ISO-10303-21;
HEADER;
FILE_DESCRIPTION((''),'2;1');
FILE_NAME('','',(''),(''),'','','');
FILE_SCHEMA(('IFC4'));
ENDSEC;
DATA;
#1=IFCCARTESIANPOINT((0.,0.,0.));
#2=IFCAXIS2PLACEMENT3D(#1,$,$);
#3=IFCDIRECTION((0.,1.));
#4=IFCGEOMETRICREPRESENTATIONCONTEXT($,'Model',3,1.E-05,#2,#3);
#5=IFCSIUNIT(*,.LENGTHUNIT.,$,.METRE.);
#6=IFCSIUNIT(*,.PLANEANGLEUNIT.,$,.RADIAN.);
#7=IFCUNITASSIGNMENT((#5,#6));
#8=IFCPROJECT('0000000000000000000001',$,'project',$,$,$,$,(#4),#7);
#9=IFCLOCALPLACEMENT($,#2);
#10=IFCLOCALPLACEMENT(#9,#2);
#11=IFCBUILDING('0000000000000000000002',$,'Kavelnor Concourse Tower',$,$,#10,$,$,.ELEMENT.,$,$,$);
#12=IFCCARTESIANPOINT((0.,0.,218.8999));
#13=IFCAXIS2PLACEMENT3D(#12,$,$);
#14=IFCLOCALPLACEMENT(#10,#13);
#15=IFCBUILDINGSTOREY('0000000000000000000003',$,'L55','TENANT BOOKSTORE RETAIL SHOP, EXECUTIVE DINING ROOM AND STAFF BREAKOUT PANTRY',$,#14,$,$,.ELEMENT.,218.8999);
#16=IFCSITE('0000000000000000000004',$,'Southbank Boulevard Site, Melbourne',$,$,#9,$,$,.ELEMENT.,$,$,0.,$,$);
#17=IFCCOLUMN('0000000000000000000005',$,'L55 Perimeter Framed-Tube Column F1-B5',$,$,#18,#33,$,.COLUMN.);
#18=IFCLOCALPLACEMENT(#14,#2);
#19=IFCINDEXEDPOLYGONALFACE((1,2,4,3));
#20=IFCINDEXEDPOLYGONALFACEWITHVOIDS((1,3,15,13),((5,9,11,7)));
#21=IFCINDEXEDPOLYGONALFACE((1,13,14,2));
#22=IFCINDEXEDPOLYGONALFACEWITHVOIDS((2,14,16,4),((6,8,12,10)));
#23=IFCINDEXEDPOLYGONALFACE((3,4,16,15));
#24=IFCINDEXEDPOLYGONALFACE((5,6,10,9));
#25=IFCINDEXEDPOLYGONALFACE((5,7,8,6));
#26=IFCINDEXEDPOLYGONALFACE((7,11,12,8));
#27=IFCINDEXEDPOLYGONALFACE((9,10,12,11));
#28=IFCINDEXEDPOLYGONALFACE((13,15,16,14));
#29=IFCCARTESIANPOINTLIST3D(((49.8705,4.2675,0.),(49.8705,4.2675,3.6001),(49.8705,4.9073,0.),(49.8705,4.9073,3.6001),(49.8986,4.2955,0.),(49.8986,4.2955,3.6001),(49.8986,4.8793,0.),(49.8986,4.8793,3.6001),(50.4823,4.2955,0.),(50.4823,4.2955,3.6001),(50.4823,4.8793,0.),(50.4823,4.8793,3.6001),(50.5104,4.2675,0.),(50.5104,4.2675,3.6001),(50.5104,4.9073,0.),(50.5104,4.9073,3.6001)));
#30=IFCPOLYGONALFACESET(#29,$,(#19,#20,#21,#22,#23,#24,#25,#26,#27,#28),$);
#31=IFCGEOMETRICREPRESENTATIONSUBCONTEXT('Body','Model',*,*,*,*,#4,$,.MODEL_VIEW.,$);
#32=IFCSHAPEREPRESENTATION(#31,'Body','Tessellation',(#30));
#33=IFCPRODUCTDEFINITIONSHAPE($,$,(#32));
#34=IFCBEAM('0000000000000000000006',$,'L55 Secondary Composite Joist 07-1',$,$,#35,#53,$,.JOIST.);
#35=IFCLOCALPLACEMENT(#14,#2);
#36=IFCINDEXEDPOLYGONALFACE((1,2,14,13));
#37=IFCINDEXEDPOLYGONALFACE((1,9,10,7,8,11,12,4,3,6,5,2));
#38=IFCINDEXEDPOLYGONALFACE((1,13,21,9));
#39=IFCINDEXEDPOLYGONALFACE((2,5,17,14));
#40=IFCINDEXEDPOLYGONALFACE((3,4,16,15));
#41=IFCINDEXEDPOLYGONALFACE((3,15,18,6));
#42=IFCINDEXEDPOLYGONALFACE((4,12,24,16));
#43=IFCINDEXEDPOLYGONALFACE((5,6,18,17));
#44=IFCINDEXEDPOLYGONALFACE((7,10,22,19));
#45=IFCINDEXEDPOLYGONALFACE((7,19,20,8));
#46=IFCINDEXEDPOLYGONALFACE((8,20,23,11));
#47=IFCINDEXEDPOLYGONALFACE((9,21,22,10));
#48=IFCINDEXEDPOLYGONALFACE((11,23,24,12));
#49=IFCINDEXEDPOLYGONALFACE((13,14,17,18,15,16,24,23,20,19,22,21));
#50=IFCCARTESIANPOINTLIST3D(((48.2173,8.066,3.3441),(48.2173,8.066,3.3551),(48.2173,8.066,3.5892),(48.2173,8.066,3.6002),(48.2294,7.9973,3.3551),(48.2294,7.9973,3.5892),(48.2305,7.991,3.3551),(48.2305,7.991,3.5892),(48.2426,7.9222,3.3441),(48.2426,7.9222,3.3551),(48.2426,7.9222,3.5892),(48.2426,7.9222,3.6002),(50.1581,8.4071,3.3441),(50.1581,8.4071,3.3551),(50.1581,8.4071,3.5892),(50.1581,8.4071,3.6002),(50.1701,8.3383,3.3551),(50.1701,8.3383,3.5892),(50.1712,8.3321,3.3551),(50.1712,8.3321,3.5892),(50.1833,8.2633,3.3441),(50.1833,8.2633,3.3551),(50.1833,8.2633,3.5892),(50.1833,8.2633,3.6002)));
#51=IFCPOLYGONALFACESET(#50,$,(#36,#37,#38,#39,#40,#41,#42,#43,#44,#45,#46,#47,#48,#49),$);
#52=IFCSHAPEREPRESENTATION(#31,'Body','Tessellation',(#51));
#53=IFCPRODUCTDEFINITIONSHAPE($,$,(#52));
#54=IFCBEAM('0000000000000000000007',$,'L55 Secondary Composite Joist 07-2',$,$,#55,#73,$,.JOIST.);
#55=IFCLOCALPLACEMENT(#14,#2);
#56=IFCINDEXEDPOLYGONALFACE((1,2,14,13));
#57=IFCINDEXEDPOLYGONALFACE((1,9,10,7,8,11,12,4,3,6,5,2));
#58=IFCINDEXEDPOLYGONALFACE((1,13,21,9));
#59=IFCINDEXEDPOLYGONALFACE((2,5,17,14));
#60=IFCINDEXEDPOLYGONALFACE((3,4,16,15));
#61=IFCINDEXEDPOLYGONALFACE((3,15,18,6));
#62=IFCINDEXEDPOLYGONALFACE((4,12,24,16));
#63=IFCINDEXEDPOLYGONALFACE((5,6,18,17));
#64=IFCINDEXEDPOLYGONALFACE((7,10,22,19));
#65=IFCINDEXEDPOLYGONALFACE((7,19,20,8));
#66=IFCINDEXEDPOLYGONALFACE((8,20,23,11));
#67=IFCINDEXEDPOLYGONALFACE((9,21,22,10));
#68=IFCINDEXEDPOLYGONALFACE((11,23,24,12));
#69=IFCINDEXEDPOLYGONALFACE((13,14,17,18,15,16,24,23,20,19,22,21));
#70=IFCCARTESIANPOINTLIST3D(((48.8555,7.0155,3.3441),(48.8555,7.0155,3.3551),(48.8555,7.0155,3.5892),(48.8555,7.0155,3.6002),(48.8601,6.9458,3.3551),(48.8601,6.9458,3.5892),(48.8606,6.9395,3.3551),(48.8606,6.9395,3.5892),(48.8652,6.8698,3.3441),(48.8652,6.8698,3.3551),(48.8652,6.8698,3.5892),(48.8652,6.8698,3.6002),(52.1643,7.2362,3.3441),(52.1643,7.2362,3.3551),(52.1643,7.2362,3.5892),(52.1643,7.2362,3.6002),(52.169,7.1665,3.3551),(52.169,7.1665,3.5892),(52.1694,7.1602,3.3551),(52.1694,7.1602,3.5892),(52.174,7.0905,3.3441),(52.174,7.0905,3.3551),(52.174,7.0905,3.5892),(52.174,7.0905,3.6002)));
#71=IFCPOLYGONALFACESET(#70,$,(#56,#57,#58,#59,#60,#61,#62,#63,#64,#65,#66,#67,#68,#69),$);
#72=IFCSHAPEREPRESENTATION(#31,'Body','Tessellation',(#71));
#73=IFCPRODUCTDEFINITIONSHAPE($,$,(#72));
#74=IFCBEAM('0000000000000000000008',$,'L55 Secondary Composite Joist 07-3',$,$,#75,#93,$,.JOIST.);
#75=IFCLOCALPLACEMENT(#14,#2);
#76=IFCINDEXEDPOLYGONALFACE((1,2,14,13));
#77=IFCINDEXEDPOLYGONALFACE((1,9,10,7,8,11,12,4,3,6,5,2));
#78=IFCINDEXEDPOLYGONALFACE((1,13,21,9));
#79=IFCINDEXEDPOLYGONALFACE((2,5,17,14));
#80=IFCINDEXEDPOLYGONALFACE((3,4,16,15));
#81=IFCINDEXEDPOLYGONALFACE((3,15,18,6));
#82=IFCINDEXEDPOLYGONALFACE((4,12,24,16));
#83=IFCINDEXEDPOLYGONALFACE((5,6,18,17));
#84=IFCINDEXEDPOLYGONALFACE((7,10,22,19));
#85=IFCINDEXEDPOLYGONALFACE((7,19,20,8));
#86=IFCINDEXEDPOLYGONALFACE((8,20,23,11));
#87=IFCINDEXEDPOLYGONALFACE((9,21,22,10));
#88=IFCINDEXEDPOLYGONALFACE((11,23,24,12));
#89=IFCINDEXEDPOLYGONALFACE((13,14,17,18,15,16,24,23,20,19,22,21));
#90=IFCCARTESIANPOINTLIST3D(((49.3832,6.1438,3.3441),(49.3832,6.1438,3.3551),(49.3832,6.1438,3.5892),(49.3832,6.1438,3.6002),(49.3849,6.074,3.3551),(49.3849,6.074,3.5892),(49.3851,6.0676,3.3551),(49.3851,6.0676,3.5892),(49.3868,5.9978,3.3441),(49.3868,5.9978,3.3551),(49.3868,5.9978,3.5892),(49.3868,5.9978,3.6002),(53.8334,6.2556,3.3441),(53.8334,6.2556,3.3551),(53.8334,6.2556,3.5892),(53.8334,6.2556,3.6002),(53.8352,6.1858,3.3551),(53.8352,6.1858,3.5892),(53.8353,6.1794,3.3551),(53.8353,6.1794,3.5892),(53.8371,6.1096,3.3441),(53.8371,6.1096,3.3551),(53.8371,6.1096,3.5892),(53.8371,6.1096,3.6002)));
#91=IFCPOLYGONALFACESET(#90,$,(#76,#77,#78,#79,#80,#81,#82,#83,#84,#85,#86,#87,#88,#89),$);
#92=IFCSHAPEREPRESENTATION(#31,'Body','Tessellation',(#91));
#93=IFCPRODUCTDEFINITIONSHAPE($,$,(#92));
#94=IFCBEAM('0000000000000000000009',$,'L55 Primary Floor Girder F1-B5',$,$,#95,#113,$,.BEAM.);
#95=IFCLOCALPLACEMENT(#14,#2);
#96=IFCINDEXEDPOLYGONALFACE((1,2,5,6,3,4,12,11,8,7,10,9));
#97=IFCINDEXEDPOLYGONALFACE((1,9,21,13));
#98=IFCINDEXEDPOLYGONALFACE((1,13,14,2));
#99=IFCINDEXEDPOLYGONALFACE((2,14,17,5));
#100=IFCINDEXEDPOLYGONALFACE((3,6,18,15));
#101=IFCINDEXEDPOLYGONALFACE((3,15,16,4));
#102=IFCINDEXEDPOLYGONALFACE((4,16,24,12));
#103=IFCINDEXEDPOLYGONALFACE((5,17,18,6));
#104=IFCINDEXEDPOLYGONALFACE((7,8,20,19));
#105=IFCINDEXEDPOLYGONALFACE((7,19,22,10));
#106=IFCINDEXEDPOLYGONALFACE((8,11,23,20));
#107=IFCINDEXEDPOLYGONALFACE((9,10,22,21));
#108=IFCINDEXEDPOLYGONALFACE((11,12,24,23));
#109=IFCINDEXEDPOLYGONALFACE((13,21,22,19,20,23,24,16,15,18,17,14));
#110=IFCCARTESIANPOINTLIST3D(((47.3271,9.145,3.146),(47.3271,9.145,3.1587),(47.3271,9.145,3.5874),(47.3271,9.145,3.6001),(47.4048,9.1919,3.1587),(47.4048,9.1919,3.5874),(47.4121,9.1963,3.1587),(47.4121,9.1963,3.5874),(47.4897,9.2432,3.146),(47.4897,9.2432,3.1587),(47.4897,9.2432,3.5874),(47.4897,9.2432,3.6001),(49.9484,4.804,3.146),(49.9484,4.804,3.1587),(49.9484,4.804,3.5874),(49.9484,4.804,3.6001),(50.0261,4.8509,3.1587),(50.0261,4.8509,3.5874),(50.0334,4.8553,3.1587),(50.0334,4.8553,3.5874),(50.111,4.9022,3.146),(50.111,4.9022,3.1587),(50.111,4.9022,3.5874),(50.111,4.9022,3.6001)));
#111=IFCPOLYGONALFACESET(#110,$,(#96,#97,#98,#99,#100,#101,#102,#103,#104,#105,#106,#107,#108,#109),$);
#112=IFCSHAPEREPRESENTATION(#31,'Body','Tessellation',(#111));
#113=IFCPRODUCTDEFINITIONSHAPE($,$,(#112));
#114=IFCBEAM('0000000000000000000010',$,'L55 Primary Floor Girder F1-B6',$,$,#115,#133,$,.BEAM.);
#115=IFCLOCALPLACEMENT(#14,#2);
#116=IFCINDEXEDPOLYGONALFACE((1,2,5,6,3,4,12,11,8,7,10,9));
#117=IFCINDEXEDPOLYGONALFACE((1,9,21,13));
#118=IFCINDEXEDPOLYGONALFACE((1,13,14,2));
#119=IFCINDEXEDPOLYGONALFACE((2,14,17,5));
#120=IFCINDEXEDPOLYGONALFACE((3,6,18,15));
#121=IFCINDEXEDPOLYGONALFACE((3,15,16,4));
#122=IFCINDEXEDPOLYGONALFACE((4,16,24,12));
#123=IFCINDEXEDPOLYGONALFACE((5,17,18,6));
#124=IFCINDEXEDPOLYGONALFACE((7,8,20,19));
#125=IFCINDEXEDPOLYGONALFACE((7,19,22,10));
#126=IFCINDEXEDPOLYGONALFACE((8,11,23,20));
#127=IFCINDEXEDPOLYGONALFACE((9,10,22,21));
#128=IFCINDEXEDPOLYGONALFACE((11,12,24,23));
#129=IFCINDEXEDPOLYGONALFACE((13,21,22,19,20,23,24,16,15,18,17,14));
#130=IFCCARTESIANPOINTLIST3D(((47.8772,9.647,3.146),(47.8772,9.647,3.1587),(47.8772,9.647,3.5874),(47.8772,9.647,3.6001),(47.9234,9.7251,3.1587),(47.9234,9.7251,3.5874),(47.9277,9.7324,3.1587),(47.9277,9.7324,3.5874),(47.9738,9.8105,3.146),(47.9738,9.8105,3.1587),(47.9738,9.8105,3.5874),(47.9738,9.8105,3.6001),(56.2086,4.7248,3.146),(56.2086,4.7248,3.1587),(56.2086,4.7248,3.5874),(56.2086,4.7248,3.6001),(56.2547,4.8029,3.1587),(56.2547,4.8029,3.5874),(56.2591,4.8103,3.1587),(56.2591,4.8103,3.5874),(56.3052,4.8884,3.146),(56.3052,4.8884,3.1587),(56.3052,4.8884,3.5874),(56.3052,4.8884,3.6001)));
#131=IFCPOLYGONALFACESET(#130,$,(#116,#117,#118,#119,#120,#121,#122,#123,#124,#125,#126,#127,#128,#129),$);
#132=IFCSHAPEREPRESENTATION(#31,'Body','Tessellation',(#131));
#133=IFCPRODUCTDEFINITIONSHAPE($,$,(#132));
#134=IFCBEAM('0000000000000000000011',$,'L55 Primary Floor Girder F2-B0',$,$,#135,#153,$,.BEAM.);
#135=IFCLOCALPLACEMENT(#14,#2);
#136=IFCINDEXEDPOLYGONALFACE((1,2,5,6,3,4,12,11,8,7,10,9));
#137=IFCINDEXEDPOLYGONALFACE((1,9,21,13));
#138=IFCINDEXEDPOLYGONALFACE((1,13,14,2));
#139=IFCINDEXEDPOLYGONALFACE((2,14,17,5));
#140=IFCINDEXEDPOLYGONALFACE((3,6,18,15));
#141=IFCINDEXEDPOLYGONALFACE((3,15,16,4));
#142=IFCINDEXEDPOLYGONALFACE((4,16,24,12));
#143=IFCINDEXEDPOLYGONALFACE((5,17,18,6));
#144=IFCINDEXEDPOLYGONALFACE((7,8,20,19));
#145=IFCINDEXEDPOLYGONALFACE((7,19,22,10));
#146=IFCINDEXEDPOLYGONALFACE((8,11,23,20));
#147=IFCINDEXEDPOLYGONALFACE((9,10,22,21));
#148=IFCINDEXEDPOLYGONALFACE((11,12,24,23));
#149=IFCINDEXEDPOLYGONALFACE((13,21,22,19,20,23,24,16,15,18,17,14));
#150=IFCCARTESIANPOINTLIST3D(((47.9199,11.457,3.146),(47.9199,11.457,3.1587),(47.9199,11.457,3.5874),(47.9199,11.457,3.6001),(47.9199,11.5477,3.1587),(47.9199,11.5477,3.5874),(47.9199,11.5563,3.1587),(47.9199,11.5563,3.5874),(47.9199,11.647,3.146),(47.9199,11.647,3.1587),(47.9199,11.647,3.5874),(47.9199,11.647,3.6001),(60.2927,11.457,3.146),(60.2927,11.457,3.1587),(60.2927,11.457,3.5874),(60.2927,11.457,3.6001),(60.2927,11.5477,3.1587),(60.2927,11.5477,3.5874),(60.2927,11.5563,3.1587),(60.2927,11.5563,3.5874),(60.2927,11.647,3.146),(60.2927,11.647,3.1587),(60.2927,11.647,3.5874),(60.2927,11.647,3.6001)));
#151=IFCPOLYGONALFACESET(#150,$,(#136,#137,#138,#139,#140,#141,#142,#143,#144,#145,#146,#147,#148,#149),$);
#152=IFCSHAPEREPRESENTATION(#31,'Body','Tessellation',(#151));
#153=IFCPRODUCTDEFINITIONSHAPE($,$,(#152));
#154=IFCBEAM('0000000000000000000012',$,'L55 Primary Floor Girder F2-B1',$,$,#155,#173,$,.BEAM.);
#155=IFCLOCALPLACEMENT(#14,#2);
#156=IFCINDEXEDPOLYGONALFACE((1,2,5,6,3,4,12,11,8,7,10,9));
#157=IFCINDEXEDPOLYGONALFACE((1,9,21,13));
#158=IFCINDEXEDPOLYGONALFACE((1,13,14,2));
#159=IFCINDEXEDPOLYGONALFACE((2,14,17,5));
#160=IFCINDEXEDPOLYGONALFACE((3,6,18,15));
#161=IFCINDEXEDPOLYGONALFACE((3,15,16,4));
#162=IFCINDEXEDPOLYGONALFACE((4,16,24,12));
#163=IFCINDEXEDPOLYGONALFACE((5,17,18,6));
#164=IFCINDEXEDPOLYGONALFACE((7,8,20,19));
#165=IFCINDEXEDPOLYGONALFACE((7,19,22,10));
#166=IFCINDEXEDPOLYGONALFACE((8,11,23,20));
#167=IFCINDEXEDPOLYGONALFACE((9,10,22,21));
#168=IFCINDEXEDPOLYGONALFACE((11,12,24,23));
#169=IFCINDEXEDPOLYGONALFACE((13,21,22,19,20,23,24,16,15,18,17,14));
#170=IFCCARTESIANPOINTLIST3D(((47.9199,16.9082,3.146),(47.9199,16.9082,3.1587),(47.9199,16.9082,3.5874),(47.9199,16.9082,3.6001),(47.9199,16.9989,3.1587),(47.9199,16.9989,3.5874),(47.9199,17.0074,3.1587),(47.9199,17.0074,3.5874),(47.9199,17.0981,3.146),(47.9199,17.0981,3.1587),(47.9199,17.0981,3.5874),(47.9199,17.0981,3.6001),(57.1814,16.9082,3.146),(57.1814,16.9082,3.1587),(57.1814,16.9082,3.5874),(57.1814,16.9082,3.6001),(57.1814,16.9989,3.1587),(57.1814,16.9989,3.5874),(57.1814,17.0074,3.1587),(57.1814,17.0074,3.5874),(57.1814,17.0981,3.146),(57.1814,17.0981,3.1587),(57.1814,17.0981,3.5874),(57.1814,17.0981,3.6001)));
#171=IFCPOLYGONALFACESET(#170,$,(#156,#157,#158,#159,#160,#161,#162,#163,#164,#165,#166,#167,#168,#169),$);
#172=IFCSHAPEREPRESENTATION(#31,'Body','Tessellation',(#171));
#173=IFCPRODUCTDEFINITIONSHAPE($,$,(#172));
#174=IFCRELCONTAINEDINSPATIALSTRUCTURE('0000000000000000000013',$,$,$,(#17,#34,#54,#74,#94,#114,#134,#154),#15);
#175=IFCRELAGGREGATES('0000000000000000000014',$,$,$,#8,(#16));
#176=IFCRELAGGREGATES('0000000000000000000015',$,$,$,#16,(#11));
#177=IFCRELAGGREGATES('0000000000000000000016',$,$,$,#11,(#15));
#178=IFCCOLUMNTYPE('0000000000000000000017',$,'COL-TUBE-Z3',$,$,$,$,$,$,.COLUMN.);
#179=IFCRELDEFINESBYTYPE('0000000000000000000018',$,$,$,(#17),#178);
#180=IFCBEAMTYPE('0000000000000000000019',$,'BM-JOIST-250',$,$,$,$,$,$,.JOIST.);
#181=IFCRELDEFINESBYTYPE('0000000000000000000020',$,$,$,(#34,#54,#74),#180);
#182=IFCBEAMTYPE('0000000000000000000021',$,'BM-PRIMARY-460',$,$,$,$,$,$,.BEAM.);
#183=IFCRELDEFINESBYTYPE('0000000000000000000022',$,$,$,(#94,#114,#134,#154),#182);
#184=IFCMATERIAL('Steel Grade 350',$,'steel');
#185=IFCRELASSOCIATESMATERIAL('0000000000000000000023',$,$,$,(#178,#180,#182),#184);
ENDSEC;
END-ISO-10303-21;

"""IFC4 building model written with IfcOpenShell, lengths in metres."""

from ifc_helpers import new_model, si_unit, direction, frame, origin, origin_2d, place, context, subcontext, project, spatial, hollow_rectangle, i_section, extrude, material, material_profile, profile_set, type_object, element, save


model = new_model("IFC4")

# Units and contexts
model_context = context("Model", 3, precision=1e-05, world=origin(), true_north=direction((0.0, 1.0)))
body_context = subcontext(model_context, "Body", "Model", "MODEL_VIEW")
ifc_project = project(units=[si_unit("LENGTHUNIT", "METRE"), si_unit("PLANEANGLEUNIT", "RADIAN")], contexts=[model_context])

# Site, building, storey
site_placement = place(None, origin())
site = spatial("IfcSite", under=ifc_project, at=site_placement, Name="Southbank Boulevard Site, Melbourne", CompositionType="ELEMENT", RefElevation=0.0)
building_placement = place(site_placement, origin())
building = spatial("IfcBuilding", under=site, at=building_placement, Name="Kavelnor Concourse Tower", CompositionType="ELEMENT")
storey_placement = place(building_placement, frame((0.0, 0.0, 218.8999)))
storey = spatial("IfcBuildingStorey", under=building, at=storey_placement, Name="L55", Description="TENANT BOOKSTORE RETAIL SHOP, EXECUTIVE DINING ROOM AND STAFF BREAKOUT PANTRY", CompositionType="ELEMENT", Elevation=218.8999)

# Column
ifc_material_1 = material(Name="Steel Grade 350", Category="steel")
ifc_material_profile_1 = material_profile(ifc_material_1, hollow_rectangle(XDim=0.6399, YDim=0.6399, WallThickness=0.0281, at=origin_2d()), Name="SHS 640x640x28")
ifc_profile_set_1 = profile_set([ifc_material_profile_1], Name="Steel Grade 350")
column_type = type_object("IfcColumnType", Name="COL-TUBE-Z3", PredefinedType="COLUMN", material=ifc_profile_set_1)
column_placement = place(storey_placement, frame((50.1904, 4.5874, 0.0), z_axis=(0.0, 0.0, 1.0), x_axis=(1.0, 0.0, 0.0)))
element("IfcColumn", 1, at=column_placement, inside=storey, type_object=column_type, Name="L55 Perimeter Framed-Tube Column F1-B5", PredefinedType="COLUMN", context=body_context, shape_type="SweptSolid", body=[
    extrude(hollow_rectangle(XDim=0.6399, YDim=0.6399, WallThickness=0.0281, at=origin_2d()), origin(), (0.0, 0.0, 1.0), 3.6001),
])

# Beams
ifc_material_profile_2 = material_profile(ifc_material_1, i_section(OverallWidth=0.146, OverallDepth=0.2561, WebThickness=0.0063, FlangeThickness=0.011, at=origin_2d()), Name="250UB37")
ifc_profile_set_2 = profile_set([ifc_material_profile_2], Name="Steel Grade 350")
beam_type_1 = type_object("IfcBeamType", Name="BM-JOIST-250", PredefinedType="JOIST", material=ifc_profile_set_2)
beam_1_placement = place(storey_placement, frame((48.23, 7.9941, 3.4722), z_axis=(0.984906, 0.173093, 0.0), x_axis=(-0.173093, 0.984906, 0.0)))
element("IfcBeam", 2, at=beam_1_placement, inside=storey, type_object=beam_type_1, Name="L55 Secondary Composite Joist 07-1", PredefinedType="JOIST", context=body_context, shape_type="SweptSolid", body=[
    extrude(i_section(OverallWidth=0.146, OverallDepth=0.2561, WebThickness=0.0063, FlangeThickness=0.011, at=origin_2d()), origin(), (0.0, 0.0, 1.0), 1.9705),
])
beam_2_placement = place(storey_placement, frame((48.8604, 6.9426, 3.4722), z_axis=(0.997783, 0.066553, 0.0), x_axis=(-0.066553, 0.997783, 0.0)))
element("IfcBeam", 3, at=beam_2_placement, inside=storey, type_object=beam_type_1, Name="L55 Secondary Composite Joist 07-2", PredefinedType="JOIST", context=body_context, shape_type="SweptSolid", body=[
    extrude(i_section(OverallWidth=0.146, OverallDepth=0.2561, WebThickness=0.0063, FlangeThickness=0.011, at=origin_2d()), origin(), (0.0, 0.0, 1.0), 3.3162),
])
beam_3_placement = place(storey_placement, frame((49.385, 6.0708, 3.4722), z_axis=(0.999684, 0.025118, 0.0), x_axis=(-0.025118, 0.999684, 0.0)))
element("IfcBeam", 4, at=beam_3_placement, inside=storey, type_object=beam_type_1, Name="L55 Secondary Composite Joist 07-3", PredefinedType="JOIST", context=body_context, shape_type="SweptSolid", body=[
    extrude(i_section(OverallWidth=0.146, OverallDepth=0.2561, WebThickness=0.0063, FlangeThickness=0.011, at=origin_2d()), origin(), (0.0, 0.0, 1.0), 4.4517),
])
ifc_material_profile_3 = material_profile(ifc_material_1, i_section(OverallWidth=0.1899, OverallDepth=0.4541, WebThickness=0.0085, FlangeThickness=0.0127, at=origin_2d()), Name="460UB67")
ifc_profile_set_3 = profile_set([ifc_material_profile_3], Name="Steel Grade 350")
beam_type_2 = type_object("IfcBeamType", Name="BM-PRIMARY-460", PredefinedType="BEAM", material=ifc_profile_set_3)
beam_4_placement = place(storey_placement, frame((47.4084, 9.1941, 3.373), z_axis=(0.516915, -0.856037, 0.0), x_axis=(0.856037, 0.516915, 0.0)))
element("IfcBeam", 5, at=beam_4_placement, inside=storey, type_object=beam_type_2, Name="L55 Primary Floor Girder F1-B5", PredefinedType="BEAM", context=body_context, shape_type="SweptSolid", body=[
    extrude(i_section(OverallWidth=0.1899, OverallDepth=0.4541, WebThickness=0.0085, FlangeThickness=0.0127, at=origin_2d()), origin(), (0.0, 0.0, 1.0), 5.071),
])
beam_5_placement = place(storey_placement, frame((47.9255, 9.7288, 3.373), z_axis=(0.860968, -0.508659, 0.0), x_axis=(0.508659, 0.860968, 0.0)))
element("IfcBeam", 6, at=beam_5_placement, inside=storey, type_object=beam_type_2, Name="L55 Primary Floor Girder F1-B6", PredefinedType="BEAM", context=body_context, shape_type="SweptSolid", body=[
    extrude(i_section(OverallWidth=0.1899, OverallDepth=0.4541, WebThickness=0.0085, FlangeThickness=0.0127, at=origin_2d()), origin(), (0.0, 0.0, 1.0), 9.6768),
])
beam_6_placement = place(storey_placement, frame((47.9199, 11.552, 3.373), z_axis=(1.0, 0.0, 0.0), x_axis=(0.0, 1.0, 0.0)))
element("IfcBeam", 7, at=beam_6_placement, inside=storey, type_object=beam_type_2, Name="L55 Primary Floor Girder F2-B0", PredefinedType="BEAM", context=body_context, shape_type="SweptSolid", body=[
    extrude(i_section(OverallWidth=0.1899, OverallDepth=0.4541, WebThickness=0.0085, FlangeThickness=0.0127, at=origin_2d()), origin(), (0.0, 0.0, 1.0), 12.3728),
])
beam_7_placement = place(storey_placement, frame((47.9199, 17.0032, 3.373), z_axis=(1.0, 0.0, 0.0), x_axis=(0.0, 1.0, 0.0)))
element("IfcBeam", 8, at=beam_7_placement, inside=storey, type_object=beam_type_2, Name="L55 Primary Floor Girder F2-B1", PredefinedType="BEAM", context=body_context, shape_type="SweptSolid", body=[
    extrude(i_section(OverallWidth=0.1899, OverallDepth=0.4541, WebThickness=0.0085, FlangeThickness=0.0127, at=origin_2d()), origin(), (0.0, 0.0, 1.0), 9.2615),
])

save(model, "model.ifc")
